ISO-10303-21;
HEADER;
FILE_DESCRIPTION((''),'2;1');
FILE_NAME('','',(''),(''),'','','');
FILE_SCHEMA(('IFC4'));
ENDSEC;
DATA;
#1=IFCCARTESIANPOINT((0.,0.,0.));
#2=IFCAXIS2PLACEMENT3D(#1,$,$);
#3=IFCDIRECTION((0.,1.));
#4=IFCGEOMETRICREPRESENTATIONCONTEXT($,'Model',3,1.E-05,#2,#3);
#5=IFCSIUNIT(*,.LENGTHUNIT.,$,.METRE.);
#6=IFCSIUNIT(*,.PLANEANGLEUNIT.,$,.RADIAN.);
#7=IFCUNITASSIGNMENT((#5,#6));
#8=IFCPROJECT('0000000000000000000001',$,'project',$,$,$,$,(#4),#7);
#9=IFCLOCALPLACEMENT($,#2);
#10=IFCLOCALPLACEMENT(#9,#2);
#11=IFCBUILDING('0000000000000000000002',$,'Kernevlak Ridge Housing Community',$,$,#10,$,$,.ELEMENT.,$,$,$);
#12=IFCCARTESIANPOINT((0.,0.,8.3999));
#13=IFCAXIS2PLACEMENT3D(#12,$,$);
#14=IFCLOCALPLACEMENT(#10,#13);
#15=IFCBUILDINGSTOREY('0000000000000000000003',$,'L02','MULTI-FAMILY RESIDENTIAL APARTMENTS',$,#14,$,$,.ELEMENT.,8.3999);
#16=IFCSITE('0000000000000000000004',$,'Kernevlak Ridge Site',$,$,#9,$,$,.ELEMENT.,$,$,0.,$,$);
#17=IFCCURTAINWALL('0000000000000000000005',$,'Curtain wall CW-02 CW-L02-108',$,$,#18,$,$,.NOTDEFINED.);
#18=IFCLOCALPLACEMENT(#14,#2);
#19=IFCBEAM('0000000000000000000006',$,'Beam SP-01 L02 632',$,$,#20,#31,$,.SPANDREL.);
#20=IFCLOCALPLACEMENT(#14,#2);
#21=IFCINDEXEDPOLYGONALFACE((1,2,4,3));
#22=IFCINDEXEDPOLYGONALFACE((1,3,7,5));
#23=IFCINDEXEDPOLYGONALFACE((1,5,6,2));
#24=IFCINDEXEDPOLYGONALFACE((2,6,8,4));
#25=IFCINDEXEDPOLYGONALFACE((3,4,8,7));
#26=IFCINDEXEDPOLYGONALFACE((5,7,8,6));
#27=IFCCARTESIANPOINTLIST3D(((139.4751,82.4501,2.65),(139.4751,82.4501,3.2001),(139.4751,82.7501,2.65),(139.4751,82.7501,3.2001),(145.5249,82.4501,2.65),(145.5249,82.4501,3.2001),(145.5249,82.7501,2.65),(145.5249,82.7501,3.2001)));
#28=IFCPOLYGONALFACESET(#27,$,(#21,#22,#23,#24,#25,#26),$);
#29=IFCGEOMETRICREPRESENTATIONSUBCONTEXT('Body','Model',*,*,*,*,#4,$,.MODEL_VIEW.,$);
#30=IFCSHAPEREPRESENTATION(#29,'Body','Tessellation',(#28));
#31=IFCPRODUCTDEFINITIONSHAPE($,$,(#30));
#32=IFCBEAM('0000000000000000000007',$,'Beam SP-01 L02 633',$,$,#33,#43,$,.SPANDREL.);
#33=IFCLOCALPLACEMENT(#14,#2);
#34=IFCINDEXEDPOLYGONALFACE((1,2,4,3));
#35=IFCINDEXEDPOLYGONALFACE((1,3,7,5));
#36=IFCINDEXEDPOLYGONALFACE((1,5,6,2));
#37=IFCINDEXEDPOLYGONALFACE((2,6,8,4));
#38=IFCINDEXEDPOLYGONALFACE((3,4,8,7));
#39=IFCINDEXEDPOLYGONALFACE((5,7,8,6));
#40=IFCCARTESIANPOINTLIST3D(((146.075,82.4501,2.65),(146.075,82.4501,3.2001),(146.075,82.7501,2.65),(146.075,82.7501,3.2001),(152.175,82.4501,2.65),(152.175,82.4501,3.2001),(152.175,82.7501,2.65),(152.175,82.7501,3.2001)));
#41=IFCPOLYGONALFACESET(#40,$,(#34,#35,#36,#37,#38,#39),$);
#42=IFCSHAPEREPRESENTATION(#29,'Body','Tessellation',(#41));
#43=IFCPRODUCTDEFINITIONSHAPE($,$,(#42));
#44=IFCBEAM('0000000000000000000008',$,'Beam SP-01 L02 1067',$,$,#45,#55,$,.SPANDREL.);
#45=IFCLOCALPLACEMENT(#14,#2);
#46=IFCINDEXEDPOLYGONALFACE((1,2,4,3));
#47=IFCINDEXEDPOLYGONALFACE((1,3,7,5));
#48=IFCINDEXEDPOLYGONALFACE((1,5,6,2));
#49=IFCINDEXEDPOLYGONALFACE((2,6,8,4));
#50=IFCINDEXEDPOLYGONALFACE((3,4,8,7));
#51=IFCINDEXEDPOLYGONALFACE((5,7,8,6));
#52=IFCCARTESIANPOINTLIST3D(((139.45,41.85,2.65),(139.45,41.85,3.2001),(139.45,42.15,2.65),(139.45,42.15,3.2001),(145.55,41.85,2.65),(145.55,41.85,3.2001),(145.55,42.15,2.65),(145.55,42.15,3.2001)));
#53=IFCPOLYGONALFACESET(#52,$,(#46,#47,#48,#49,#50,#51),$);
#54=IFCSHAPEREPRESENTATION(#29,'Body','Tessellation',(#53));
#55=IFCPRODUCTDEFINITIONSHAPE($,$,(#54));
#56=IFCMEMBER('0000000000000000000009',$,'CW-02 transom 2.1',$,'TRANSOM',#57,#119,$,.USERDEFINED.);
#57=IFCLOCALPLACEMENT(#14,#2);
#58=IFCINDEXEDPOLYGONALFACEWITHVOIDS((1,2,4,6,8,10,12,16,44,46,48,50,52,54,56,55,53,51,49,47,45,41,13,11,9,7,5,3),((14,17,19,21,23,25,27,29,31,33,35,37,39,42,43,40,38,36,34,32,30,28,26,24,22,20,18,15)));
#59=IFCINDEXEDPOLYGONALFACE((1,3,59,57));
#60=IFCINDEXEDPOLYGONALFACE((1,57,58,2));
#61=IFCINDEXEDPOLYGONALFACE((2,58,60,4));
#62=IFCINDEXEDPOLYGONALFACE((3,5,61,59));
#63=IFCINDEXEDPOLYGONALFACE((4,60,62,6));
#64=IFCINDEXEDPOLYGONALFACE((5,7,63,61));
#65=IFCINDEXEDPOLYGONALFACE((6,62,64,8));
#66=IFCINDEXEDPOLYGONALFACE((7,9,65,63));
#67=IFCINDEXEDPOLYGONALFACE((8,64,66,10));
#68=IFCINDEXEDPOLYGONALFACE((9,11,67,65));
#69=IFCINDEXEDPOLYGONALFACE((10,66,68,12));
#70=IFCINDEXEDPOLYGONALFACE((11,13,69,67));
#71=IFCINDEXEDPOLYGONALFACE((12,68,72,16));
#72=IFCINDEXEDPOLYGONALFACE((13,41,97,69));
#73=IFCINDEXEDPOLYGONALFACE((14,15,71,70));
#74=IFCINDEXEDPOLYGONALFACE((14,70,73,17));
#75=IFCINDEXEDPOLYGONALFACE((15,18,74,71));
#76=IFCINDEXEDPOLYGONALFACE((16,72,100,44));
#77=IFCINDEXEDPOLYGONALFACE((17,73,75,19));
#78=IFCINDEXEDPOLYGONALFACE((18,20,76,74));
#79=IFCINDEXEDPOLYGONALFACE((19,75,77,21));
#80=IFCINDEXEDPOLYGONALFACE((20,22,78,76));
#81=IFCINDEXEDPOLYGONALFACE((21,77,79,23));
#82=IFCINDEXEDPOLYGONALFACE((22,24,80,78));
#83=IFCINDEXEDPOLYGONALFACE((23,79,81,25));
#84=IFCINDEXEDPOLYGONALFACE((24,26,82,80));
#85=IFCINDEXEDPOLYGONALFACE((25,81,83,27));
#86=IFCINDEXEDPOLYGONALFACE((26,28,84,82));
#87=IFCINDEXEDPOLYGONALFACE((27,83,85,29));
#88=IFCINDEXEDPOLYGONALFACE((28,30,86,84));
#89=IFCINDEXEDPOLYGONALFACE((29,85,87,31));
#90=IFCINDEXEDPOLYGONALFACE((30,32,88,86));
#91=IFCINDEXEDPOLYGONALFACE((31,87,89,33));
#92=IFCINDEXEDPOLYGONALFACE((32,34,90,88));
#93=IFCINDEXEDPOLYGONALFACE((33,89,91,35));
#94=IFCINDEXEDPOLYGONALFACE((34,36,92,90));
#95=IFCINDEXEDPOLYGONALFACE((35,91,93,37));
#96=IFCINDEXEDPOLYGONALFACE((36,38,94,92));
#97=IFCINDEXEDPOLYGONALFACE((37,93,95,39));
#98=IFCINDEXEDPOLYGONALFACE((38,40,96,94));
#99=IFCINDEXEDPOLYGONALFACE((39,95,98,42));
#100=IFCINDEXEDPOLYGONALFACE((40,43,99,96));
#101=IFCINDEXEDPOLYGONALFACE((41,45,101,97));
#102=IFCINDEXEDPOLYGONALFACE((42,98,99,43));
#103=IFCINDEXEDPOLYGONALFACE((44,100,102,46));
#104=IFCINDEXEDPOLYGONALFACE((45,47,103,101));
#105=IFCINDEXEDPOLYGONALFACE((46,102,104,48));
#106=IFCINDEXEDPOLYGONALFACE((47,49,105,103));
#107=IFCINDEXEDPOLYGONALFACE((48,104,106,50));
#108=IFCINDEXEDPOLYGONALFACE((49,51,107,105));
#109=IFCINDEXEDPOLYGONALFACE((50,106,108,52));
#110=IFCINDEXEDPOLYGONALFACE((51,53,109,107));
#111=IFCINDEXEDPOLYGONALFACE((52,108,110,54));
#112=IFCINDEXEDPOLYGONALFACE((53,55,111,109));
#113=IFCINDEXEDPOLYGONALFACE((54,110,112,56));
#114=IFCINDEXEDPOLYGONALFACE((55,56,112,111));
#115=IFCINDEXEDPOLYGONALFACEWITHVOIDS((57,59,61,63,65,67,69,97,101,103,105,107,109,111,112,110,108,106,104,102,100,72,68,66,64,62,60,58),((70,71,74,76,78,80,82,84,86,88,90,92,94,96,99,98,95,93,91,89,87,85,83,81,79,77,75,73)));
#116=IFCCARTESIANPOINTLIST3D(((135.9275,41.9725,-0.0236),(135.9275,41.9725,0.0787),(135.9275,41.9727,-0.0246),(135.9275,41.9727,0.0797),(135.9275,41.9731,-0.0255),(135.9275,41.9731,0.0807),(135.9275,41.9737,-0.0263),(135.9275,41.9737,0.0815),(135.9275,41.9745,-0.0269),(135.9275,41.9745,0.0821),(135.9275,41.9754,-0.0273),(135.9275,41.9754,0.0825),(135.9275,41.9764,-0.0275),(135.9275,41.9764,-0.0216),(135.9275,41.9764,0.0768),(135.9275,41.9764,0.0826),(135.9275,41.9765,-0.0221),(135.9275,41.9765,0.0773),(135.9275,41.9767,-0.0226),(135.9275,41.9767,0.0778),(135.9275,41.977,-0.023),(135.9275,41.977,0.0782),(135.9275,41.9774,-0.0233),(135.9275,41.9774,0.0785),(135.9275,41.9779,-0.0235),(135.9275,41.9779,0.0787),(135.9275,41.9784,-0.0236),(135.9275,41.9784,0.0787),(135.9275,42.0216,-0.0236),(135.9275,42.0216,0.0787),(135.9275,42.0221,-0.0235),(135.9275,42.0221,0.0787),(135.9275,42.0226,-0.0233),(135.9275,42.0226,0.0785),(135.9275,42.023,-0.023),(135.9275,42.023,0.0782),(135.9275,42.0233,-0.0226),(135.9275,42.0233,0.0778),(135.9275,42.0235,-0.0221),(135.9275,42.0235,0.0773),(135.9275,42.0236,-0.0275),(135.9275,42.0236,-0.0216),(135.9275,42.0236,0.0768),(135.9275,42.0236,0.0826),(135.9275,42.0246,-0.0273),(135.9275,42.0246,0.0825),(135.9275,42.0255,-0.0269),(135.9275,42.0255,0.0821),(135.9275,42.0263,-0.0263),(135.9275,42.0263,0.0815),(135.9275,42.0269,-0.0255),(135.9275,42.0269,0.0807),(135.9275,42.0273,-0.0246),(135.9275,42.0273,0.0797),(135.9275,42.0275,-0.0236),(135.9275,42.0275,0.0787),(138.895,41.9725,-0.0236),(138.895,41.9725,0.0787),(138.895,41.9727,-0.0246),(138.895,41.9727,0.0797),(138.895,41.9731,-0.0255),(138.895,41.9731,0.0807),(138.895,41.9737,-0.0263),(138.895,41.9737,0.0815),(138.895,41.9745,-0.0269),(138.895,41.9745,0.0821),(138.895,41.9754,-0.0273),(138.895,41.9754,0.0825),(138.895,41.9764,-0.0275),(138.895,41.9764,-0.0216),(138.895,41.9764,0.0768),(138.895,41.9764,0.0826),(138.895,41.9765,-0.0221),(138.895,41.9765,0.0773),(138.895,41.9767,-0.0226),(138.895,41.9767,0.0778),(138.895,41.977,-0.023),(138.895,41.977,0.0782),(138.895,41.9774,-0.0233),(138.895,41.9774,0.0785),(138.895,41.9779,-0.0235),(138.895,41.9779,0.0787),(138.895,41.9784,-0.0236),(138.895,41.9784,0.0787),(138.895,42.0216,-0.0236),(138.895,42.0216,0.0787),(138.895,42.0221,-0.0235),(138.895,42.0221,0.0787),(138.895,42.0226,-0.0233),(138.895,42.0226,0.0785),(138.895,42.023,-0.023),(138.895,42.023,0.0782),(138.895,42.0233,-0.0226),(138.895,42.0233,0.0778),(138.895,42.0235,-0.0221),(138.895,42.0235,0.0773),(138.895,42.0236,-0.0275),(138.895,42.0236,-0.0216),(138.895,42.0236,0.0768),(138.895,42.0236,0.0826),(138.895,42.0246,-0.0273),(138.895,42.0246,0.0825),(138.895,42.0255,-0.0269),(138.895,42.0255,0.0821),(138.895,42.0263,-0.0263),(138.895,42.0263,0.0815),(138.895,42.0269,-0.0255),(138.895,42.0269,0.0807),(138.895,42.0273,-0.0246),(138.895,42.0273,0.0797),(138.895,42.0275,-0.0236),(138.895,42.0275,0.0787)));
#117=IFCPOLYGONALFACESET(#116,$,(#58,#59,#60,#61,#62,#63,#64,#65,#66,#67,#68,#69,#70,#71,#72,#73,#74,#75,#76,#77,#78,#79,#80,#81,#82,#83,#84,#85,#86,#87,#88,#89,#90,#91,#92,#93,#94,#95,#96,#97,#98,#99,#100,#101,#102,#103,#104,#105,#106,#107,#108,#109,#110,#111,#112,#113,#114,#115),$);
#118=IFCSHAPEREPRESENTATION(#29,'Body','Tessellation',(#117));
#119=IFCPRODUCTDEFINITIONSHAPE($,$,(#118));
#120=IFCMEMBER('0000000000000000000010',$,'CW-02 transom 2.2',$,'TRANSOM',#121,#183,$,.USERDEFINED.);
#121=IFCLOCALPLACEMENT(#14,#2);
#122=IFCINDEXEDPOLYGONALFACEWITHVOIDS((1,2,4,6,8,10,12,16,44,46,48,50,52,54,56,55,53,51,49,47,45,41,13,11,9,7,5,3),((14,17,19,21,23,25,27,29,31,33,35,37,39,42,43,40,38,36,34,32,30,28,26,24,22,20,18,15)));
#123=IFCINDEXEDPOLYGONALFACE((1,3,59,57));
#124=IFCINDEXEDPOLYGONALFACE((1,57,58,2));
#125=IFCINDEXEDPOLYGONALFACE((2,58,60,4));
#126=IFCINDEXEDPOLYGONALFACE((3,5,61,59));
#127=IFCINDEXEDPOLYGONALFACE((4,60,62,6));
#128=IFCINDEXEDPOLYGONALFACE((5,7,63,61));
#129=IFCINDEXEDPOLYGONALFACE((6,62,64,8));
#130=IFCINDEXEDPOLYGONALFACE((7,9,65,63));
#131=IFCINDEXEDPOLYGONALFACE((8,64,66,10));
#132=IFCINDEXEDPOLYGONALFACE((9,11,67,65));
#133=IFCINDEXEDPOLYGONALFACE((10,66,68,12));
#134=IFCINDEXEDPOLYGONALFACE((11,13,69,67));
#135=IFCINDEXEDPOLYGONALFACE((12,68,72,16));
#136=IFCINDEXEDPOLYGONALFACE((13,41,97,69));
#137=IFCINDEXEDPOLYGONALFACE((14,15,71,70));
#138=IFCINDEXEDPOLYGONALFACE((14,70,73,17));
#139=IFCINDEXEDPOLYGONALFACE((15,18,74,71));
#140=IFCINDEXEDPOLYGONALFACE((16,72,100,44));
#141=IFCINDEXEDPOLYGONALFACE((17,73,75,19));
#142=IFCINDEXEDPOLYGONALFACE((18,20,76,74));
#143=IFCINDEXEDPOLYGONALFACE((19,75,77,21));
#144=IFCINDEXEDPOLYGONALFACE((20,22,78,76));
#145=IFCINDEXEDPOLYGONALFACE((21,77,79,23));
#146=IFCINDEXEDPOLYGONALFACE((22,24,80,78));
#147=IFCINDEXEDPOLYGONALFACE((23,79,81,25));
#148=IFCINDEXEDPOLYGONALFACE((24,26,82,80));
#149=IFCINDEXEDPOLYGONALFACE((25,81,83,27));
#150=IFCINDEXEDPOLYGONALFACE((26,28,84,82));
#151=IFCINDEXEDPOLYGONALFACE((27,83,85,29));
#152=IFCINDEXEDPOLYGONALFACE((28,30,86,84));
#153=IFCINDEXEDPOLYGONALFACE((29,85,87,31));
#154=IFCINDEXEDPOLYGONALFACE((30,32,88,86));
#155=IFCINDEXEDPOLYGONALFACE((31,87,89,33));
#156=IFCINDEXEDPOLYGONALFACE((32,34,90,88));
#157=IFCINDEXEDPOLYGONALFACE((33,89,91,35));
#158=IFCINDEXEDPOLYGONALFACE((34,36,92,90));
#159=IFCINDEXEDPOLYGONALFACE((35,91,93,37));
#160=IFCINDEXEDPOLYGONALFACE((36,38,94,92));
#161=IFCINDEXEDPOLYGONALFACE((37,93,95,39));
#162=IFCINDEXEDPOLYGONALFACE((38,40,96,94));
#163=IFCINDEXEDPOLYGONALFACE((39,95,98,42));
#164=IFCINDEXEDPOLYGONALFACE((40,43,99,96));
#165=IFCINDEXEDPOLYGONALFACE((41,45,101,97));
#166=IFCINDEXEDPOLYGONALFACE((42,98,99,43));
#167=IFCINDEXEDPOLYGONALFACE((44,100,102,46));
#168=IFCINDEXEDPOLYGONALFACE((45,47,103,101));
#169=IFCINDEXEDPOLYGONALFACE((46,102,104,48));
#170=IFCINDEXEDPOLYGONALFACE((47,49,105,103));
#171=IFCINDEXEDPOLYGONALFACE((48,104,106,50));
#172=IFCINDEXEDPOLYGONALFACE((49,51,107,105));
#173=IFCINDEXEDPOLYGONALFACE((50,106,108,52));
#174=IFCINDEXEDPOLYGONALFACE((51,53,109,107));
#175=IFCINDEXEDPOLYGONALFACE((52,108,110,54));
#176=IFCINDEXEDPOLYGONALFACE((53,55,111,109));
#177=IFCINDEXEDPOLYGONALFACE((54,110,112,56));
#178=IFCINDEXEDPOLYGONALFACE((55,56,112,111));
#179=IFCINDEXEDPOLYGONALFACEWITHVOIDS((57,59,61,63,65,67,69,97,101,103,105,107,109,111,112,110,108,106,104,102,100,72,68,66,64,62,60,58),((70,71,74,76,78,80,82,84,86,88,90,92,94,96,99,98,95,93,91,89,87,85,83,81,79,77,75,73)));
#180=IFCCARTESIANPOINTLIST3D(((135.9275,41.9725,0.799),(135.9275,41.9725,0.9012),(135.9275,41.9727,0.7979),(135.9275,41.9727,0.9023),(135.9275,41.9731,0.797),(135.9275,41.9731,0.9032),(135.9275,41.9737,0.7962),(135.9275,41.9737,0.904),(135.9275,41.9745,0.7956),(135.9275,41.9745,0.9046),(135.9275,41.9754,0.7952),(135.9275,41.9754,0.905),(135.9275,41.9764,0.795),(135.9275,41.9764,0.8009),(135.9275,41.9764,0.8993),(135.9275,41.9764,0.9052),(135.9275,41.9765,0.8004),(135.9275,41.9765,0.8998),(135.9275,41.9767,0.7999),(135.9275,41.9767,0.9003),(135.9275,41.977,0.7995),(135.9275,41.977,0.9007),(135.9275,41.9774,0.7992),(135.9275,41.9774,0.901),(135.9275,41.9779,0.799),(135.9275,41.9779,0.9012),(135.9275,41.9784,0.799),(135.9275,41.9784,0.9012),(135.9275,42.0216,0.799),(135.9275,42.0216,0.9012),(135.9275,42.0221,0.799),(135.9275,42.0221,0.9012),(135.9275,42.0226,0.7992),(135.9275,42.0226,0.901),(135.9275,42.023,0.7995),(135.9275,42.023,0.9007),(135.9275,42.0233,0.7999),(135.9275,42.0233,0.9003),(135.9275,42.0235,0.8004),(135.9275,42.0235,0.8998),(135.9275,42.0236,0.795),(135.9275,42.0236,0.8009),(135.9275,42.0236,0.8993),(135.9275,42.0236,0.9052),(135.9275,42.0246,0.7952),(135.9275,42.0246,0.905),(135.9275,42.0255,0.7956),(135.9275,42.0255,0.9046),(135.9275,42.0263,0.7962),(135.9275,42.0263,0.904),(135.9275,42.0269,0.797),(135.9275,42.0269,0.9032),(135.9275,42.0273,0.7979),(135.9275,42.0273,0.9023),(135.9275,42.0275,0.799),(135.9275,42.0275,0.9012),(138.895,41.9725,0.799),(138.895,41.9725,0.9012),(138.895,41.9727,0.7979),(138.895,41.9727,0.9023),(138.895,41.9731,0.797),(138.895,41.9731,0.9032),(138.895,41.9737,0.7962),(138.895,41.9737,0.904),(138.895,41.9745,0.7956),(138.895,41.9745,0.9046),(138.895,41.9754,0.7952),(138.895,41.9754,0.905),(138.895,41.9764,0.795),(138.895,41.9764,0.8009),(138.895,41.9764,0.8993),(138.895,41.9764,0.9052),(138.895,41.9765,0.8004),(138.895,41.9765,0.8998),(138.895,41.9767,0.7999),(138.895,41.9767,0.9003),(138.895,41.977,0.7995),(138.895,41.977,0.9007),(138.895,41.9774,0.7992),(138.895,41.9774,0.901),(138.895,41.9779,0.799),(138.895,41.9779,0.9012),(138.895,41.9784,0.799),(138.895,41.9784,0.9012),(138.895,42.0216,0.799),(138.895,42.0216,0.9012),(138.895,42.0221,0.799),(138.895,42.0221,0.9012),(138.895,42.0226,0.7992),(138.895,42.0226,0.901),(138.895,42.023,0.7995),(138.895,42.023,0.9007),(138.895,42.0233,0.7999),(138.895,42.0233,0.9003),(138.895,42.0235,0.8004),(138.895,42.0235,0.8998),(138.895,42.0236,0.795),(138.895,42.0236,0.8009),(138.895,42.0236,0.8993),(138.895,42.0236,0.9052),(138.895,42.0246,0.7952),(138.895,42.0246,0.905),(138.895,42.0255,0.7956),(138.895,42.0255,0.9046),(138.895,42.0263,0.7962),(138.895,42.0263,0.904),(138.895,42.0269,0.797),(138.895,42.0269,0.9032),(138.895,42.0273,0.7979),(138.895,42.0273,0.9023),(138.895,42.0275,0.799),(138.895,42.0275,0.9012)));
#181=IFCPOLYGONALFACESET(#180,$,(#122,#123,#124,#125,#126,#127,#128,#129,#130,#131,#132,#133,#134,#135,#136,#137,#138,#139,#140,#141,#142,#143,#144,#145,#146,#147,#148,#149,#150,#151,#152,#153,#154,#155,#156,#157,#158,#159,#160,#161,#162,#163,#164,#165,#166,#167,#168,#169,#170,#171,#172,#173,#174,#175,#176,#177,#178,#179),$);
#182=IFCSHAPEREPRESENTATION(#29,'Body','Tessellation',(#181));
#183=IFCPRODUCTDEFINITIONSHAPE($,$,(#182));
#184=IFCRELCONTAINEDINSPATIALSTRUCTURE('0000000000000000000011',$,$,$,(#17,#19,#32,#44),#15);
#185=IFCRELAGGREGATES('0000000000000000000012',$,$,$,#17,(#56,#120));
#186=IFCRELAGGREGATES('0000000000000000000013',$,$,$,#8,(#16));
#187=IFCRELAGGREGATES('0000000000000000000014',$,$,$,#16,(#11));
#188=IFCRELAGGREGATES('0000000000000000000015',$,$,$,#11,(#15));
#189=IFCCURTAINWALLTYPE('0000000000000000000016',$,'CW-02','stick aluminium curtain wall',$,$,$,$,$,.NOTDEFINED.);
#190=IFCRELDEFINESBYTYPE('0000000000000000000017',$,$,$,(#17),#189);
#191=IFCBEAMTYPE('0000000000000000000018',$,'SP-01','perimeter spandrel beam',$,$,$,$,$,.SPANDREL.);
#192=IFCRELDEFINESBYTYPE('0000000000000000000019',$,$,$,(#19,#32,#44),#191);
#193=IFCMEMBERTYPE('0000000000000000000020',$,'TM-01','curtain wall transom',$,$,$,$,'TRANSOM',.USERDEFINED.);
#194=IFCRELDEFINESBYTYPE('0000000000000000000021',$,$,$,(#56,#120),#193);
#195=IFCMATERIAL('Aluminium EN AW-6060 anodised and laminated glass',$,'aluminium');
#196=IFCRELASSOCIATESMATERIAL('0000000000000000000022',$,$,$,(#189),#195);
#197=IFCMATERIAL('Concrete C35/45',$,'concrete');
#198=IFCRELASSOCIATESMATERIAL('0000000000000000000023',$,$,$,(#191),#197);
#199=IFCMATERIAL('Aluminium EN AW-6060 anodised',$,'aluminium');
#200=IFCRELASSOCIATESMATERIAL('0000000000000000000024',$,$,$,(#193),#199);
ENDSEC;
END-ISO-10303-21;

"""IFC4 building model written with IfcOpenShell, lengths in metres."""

from ifc_helpers import new_model, si_unit, direction, frame, origin, origin_2d, place, context, subcontext, project, spatial, rectangle, hollow_rectangle, extrude, material, material_profile, profile_set, type_object, element, aggregate, save


model = new_model("IFC4")

# Units and contexts
model_context = context("Model", 3, precision=1e-05, world=origin(), true_north=direction((0.0, 1.0)))
body_context = subcontext(model_context, "Body", "Model", "MODEL_VIEW")
ifc_project = project(units=[si_unit("LENGTHUNIT", "METRE"), si_unit("PLANEANGLEUNIT", "RADIAN")], contexts=[model_context])

# Site, building, storey
site_placement = place(None, origin())
site = spatial("IfcSite", under=ifc_project, at=site_placement, Name="Kernevlak Ridge Site", CompositionType="ELEMENT", RefElevation=0.0)
building_placement = place(site_placement, origin())
building = spatial("IfcBuilding", under=site, at=building_placement, Name="Kernevlak Ridge Housing Community", CompositionType="ELEMENT")
storey_placement = place(building_placement, frame((0.0, 0.0, 8.3999)))
storey = spatial("IfcBuildingStorey", under=building, at=storey_placement, Name="L02", Description="MULTI-FAMILY RESIDENTIAL APARTMENTS", CompositionType="ELEMENT", Elevation=8.3999)

# Curtain wall
ifc_material_1 = material(Name="Aluminium EN AW-6060 anodised and laminated glass", Category="aluminium")
curtain_wall_type = type_object("IfcCurtainWallType", Name="CW-02", Description="stick aluminium curtain wall", PredefinedType="NOTDEFINED", material=ifc_material_1)
curtain_wall_placement = place(storey_placement, origin())
curtain_wall = element("IfcCurtainWall", 1, at=curtain_wall_placement, inside=storey, type_object=curtain_wall_type, Name="Curtain wall CW-02 CW-L02-108", PredefinedType="NOTDEFINED")
ifc_material_2 = material(Name="Aluminium EN AW-6060 anodised", Category="aluminium")

# Beams
ifc_material_3 = material(Name="Concrete C35/45", Category="concrete")
ifc_material_profile_1 = material_profile(ifc_material_3, rectangle(XDim=0.3, YDim=0.55, at=origin_2d()), Name="RC 300x550")
ifc_profile_set_1 = profile_set([ifc_material_profile_1], Name="Concrete C35/45")
beam_type = type_object("IfcBeamType", Name="SP-01", Description="perimeter spandrel beam", PredefinedType="SPANDREL", material=ifc_profile_set_1)
beam_placement = place(storey_placement, frame((139.4751, 82.6001, 2.925), z_axis=(1.0, 0.0, 0.0), x_axis=(0.0, 1.0, 0.0)))
element("IfcBeam", 2, at=beam_placement, inside=storey, type_object=beam_type, Name="Beam SP-01 L02 632", PredefinedType="SPANDREL", context=body_context, shape_type="SweptSolid", body=[
    extrude(rectangle(XDim=0.3, YDim=0.55, at=origin_2d()), origin(), (0.0, 0.0, 1.0), 6.0498),
])
for number, where, z_axis, x_axis, name in (
    (3, (146.075, 82.6001, 2.925), (1.0, 0.0, 0.0), (0.0, 1.0, 0.0), "Beam SP-01 L02 633"),
    (4, (139.45, 42.0, 2.925), (1.0, 0.0, 0.0), (0.0, 1.0, 0.0), "Beam SP-01 L02 1067"),
):
    element("IfcBeam", number, at=place(storey_placement, frame(where, z_axis=z_axis, x_axis=x_axis)), inside=storey, type_object=beam_type, Name=name, PredefinedType="SPANDREL", context=body_context, shape_type="SweptSolid", body=[
        extrude(rectangle(XDim=0.3, YDim=0.55, at=origin_2d()), origin(), (0.0, 0.0, 1.0), 6.1001),
    ])

# Members
ifc_material_profile_2 = material_profile(ifc_material_2, hollow_rectangle(XDim=0.0549, YDim=0.1101, WallThickness=0.0039, InnerFilletRadius=0.002, OuterFilletRadius=0.0039, at=origin_2d()), Name="ALU 55x110x4")
ifc_profile_set_2 = profile_set([ifc_material_profile_2], Name="Aluminium EN AW-6060 anodised")
member_type_1 = type_object("IfcMemberType", Name="TM-01", Description="curtain wall transom", ElementType="TRANSOM", PredefinedType="USERDEFINED", material=ifc_profile_set_2)
member_1_placement = place(storey_placement, frame((135.9275, 42.0, 0.0276), z_axis=(1.0, 0.0, 0.0), x_axis=(0.0, 1.0, 0.0)))
member_1 = element("IfcMember", 5, at=member_1_placement, type_object=member_type_1, Name="CW-02 transom 2.1", ObjectType="TRANSOM", PredefinedType="USERDEFINED", context=body_context, shape_type="SweptSolid", body=[
    extrude(hollow_rectangle(XDim=0.0549, YDim=0.1101, WallThickness=0.0039, InnerFilletRadius=0.002, OuterFilletRadius=0.0039, at=origin_2d()), origin(), (0.0, 0.0, 1.0), 2.9675),
])
member_2_placement = place(storey_placement, frame((135.9275, 42.0, 0.8501), z_axis=(1.0, 0.0, 0.0), x_axis=(0.0, 1.0, 0.0)))
member_2 = element("IfcMember", 6, at=member_2_placement, type_object=member_type_1, Name="CW-02 transom 2.2", ObjectType="TRANSOM", PredefinedType="USERDEFINED", context=body_context, shape_type="SweptSolid", body=[
    extrude(hollow_rectangle(XDim=0.0549, YDim=0.1101, WallThickness=0.0039, InnerFilletRadius=0.002, OuterFilletRadius=0.0039, at=origin_2d()), origin(), (0.0, 0.0, 1.0), 2.9675),
])

aggregate(curtain_wall, [member_1, member_2])

save(model, "model.ifc")
